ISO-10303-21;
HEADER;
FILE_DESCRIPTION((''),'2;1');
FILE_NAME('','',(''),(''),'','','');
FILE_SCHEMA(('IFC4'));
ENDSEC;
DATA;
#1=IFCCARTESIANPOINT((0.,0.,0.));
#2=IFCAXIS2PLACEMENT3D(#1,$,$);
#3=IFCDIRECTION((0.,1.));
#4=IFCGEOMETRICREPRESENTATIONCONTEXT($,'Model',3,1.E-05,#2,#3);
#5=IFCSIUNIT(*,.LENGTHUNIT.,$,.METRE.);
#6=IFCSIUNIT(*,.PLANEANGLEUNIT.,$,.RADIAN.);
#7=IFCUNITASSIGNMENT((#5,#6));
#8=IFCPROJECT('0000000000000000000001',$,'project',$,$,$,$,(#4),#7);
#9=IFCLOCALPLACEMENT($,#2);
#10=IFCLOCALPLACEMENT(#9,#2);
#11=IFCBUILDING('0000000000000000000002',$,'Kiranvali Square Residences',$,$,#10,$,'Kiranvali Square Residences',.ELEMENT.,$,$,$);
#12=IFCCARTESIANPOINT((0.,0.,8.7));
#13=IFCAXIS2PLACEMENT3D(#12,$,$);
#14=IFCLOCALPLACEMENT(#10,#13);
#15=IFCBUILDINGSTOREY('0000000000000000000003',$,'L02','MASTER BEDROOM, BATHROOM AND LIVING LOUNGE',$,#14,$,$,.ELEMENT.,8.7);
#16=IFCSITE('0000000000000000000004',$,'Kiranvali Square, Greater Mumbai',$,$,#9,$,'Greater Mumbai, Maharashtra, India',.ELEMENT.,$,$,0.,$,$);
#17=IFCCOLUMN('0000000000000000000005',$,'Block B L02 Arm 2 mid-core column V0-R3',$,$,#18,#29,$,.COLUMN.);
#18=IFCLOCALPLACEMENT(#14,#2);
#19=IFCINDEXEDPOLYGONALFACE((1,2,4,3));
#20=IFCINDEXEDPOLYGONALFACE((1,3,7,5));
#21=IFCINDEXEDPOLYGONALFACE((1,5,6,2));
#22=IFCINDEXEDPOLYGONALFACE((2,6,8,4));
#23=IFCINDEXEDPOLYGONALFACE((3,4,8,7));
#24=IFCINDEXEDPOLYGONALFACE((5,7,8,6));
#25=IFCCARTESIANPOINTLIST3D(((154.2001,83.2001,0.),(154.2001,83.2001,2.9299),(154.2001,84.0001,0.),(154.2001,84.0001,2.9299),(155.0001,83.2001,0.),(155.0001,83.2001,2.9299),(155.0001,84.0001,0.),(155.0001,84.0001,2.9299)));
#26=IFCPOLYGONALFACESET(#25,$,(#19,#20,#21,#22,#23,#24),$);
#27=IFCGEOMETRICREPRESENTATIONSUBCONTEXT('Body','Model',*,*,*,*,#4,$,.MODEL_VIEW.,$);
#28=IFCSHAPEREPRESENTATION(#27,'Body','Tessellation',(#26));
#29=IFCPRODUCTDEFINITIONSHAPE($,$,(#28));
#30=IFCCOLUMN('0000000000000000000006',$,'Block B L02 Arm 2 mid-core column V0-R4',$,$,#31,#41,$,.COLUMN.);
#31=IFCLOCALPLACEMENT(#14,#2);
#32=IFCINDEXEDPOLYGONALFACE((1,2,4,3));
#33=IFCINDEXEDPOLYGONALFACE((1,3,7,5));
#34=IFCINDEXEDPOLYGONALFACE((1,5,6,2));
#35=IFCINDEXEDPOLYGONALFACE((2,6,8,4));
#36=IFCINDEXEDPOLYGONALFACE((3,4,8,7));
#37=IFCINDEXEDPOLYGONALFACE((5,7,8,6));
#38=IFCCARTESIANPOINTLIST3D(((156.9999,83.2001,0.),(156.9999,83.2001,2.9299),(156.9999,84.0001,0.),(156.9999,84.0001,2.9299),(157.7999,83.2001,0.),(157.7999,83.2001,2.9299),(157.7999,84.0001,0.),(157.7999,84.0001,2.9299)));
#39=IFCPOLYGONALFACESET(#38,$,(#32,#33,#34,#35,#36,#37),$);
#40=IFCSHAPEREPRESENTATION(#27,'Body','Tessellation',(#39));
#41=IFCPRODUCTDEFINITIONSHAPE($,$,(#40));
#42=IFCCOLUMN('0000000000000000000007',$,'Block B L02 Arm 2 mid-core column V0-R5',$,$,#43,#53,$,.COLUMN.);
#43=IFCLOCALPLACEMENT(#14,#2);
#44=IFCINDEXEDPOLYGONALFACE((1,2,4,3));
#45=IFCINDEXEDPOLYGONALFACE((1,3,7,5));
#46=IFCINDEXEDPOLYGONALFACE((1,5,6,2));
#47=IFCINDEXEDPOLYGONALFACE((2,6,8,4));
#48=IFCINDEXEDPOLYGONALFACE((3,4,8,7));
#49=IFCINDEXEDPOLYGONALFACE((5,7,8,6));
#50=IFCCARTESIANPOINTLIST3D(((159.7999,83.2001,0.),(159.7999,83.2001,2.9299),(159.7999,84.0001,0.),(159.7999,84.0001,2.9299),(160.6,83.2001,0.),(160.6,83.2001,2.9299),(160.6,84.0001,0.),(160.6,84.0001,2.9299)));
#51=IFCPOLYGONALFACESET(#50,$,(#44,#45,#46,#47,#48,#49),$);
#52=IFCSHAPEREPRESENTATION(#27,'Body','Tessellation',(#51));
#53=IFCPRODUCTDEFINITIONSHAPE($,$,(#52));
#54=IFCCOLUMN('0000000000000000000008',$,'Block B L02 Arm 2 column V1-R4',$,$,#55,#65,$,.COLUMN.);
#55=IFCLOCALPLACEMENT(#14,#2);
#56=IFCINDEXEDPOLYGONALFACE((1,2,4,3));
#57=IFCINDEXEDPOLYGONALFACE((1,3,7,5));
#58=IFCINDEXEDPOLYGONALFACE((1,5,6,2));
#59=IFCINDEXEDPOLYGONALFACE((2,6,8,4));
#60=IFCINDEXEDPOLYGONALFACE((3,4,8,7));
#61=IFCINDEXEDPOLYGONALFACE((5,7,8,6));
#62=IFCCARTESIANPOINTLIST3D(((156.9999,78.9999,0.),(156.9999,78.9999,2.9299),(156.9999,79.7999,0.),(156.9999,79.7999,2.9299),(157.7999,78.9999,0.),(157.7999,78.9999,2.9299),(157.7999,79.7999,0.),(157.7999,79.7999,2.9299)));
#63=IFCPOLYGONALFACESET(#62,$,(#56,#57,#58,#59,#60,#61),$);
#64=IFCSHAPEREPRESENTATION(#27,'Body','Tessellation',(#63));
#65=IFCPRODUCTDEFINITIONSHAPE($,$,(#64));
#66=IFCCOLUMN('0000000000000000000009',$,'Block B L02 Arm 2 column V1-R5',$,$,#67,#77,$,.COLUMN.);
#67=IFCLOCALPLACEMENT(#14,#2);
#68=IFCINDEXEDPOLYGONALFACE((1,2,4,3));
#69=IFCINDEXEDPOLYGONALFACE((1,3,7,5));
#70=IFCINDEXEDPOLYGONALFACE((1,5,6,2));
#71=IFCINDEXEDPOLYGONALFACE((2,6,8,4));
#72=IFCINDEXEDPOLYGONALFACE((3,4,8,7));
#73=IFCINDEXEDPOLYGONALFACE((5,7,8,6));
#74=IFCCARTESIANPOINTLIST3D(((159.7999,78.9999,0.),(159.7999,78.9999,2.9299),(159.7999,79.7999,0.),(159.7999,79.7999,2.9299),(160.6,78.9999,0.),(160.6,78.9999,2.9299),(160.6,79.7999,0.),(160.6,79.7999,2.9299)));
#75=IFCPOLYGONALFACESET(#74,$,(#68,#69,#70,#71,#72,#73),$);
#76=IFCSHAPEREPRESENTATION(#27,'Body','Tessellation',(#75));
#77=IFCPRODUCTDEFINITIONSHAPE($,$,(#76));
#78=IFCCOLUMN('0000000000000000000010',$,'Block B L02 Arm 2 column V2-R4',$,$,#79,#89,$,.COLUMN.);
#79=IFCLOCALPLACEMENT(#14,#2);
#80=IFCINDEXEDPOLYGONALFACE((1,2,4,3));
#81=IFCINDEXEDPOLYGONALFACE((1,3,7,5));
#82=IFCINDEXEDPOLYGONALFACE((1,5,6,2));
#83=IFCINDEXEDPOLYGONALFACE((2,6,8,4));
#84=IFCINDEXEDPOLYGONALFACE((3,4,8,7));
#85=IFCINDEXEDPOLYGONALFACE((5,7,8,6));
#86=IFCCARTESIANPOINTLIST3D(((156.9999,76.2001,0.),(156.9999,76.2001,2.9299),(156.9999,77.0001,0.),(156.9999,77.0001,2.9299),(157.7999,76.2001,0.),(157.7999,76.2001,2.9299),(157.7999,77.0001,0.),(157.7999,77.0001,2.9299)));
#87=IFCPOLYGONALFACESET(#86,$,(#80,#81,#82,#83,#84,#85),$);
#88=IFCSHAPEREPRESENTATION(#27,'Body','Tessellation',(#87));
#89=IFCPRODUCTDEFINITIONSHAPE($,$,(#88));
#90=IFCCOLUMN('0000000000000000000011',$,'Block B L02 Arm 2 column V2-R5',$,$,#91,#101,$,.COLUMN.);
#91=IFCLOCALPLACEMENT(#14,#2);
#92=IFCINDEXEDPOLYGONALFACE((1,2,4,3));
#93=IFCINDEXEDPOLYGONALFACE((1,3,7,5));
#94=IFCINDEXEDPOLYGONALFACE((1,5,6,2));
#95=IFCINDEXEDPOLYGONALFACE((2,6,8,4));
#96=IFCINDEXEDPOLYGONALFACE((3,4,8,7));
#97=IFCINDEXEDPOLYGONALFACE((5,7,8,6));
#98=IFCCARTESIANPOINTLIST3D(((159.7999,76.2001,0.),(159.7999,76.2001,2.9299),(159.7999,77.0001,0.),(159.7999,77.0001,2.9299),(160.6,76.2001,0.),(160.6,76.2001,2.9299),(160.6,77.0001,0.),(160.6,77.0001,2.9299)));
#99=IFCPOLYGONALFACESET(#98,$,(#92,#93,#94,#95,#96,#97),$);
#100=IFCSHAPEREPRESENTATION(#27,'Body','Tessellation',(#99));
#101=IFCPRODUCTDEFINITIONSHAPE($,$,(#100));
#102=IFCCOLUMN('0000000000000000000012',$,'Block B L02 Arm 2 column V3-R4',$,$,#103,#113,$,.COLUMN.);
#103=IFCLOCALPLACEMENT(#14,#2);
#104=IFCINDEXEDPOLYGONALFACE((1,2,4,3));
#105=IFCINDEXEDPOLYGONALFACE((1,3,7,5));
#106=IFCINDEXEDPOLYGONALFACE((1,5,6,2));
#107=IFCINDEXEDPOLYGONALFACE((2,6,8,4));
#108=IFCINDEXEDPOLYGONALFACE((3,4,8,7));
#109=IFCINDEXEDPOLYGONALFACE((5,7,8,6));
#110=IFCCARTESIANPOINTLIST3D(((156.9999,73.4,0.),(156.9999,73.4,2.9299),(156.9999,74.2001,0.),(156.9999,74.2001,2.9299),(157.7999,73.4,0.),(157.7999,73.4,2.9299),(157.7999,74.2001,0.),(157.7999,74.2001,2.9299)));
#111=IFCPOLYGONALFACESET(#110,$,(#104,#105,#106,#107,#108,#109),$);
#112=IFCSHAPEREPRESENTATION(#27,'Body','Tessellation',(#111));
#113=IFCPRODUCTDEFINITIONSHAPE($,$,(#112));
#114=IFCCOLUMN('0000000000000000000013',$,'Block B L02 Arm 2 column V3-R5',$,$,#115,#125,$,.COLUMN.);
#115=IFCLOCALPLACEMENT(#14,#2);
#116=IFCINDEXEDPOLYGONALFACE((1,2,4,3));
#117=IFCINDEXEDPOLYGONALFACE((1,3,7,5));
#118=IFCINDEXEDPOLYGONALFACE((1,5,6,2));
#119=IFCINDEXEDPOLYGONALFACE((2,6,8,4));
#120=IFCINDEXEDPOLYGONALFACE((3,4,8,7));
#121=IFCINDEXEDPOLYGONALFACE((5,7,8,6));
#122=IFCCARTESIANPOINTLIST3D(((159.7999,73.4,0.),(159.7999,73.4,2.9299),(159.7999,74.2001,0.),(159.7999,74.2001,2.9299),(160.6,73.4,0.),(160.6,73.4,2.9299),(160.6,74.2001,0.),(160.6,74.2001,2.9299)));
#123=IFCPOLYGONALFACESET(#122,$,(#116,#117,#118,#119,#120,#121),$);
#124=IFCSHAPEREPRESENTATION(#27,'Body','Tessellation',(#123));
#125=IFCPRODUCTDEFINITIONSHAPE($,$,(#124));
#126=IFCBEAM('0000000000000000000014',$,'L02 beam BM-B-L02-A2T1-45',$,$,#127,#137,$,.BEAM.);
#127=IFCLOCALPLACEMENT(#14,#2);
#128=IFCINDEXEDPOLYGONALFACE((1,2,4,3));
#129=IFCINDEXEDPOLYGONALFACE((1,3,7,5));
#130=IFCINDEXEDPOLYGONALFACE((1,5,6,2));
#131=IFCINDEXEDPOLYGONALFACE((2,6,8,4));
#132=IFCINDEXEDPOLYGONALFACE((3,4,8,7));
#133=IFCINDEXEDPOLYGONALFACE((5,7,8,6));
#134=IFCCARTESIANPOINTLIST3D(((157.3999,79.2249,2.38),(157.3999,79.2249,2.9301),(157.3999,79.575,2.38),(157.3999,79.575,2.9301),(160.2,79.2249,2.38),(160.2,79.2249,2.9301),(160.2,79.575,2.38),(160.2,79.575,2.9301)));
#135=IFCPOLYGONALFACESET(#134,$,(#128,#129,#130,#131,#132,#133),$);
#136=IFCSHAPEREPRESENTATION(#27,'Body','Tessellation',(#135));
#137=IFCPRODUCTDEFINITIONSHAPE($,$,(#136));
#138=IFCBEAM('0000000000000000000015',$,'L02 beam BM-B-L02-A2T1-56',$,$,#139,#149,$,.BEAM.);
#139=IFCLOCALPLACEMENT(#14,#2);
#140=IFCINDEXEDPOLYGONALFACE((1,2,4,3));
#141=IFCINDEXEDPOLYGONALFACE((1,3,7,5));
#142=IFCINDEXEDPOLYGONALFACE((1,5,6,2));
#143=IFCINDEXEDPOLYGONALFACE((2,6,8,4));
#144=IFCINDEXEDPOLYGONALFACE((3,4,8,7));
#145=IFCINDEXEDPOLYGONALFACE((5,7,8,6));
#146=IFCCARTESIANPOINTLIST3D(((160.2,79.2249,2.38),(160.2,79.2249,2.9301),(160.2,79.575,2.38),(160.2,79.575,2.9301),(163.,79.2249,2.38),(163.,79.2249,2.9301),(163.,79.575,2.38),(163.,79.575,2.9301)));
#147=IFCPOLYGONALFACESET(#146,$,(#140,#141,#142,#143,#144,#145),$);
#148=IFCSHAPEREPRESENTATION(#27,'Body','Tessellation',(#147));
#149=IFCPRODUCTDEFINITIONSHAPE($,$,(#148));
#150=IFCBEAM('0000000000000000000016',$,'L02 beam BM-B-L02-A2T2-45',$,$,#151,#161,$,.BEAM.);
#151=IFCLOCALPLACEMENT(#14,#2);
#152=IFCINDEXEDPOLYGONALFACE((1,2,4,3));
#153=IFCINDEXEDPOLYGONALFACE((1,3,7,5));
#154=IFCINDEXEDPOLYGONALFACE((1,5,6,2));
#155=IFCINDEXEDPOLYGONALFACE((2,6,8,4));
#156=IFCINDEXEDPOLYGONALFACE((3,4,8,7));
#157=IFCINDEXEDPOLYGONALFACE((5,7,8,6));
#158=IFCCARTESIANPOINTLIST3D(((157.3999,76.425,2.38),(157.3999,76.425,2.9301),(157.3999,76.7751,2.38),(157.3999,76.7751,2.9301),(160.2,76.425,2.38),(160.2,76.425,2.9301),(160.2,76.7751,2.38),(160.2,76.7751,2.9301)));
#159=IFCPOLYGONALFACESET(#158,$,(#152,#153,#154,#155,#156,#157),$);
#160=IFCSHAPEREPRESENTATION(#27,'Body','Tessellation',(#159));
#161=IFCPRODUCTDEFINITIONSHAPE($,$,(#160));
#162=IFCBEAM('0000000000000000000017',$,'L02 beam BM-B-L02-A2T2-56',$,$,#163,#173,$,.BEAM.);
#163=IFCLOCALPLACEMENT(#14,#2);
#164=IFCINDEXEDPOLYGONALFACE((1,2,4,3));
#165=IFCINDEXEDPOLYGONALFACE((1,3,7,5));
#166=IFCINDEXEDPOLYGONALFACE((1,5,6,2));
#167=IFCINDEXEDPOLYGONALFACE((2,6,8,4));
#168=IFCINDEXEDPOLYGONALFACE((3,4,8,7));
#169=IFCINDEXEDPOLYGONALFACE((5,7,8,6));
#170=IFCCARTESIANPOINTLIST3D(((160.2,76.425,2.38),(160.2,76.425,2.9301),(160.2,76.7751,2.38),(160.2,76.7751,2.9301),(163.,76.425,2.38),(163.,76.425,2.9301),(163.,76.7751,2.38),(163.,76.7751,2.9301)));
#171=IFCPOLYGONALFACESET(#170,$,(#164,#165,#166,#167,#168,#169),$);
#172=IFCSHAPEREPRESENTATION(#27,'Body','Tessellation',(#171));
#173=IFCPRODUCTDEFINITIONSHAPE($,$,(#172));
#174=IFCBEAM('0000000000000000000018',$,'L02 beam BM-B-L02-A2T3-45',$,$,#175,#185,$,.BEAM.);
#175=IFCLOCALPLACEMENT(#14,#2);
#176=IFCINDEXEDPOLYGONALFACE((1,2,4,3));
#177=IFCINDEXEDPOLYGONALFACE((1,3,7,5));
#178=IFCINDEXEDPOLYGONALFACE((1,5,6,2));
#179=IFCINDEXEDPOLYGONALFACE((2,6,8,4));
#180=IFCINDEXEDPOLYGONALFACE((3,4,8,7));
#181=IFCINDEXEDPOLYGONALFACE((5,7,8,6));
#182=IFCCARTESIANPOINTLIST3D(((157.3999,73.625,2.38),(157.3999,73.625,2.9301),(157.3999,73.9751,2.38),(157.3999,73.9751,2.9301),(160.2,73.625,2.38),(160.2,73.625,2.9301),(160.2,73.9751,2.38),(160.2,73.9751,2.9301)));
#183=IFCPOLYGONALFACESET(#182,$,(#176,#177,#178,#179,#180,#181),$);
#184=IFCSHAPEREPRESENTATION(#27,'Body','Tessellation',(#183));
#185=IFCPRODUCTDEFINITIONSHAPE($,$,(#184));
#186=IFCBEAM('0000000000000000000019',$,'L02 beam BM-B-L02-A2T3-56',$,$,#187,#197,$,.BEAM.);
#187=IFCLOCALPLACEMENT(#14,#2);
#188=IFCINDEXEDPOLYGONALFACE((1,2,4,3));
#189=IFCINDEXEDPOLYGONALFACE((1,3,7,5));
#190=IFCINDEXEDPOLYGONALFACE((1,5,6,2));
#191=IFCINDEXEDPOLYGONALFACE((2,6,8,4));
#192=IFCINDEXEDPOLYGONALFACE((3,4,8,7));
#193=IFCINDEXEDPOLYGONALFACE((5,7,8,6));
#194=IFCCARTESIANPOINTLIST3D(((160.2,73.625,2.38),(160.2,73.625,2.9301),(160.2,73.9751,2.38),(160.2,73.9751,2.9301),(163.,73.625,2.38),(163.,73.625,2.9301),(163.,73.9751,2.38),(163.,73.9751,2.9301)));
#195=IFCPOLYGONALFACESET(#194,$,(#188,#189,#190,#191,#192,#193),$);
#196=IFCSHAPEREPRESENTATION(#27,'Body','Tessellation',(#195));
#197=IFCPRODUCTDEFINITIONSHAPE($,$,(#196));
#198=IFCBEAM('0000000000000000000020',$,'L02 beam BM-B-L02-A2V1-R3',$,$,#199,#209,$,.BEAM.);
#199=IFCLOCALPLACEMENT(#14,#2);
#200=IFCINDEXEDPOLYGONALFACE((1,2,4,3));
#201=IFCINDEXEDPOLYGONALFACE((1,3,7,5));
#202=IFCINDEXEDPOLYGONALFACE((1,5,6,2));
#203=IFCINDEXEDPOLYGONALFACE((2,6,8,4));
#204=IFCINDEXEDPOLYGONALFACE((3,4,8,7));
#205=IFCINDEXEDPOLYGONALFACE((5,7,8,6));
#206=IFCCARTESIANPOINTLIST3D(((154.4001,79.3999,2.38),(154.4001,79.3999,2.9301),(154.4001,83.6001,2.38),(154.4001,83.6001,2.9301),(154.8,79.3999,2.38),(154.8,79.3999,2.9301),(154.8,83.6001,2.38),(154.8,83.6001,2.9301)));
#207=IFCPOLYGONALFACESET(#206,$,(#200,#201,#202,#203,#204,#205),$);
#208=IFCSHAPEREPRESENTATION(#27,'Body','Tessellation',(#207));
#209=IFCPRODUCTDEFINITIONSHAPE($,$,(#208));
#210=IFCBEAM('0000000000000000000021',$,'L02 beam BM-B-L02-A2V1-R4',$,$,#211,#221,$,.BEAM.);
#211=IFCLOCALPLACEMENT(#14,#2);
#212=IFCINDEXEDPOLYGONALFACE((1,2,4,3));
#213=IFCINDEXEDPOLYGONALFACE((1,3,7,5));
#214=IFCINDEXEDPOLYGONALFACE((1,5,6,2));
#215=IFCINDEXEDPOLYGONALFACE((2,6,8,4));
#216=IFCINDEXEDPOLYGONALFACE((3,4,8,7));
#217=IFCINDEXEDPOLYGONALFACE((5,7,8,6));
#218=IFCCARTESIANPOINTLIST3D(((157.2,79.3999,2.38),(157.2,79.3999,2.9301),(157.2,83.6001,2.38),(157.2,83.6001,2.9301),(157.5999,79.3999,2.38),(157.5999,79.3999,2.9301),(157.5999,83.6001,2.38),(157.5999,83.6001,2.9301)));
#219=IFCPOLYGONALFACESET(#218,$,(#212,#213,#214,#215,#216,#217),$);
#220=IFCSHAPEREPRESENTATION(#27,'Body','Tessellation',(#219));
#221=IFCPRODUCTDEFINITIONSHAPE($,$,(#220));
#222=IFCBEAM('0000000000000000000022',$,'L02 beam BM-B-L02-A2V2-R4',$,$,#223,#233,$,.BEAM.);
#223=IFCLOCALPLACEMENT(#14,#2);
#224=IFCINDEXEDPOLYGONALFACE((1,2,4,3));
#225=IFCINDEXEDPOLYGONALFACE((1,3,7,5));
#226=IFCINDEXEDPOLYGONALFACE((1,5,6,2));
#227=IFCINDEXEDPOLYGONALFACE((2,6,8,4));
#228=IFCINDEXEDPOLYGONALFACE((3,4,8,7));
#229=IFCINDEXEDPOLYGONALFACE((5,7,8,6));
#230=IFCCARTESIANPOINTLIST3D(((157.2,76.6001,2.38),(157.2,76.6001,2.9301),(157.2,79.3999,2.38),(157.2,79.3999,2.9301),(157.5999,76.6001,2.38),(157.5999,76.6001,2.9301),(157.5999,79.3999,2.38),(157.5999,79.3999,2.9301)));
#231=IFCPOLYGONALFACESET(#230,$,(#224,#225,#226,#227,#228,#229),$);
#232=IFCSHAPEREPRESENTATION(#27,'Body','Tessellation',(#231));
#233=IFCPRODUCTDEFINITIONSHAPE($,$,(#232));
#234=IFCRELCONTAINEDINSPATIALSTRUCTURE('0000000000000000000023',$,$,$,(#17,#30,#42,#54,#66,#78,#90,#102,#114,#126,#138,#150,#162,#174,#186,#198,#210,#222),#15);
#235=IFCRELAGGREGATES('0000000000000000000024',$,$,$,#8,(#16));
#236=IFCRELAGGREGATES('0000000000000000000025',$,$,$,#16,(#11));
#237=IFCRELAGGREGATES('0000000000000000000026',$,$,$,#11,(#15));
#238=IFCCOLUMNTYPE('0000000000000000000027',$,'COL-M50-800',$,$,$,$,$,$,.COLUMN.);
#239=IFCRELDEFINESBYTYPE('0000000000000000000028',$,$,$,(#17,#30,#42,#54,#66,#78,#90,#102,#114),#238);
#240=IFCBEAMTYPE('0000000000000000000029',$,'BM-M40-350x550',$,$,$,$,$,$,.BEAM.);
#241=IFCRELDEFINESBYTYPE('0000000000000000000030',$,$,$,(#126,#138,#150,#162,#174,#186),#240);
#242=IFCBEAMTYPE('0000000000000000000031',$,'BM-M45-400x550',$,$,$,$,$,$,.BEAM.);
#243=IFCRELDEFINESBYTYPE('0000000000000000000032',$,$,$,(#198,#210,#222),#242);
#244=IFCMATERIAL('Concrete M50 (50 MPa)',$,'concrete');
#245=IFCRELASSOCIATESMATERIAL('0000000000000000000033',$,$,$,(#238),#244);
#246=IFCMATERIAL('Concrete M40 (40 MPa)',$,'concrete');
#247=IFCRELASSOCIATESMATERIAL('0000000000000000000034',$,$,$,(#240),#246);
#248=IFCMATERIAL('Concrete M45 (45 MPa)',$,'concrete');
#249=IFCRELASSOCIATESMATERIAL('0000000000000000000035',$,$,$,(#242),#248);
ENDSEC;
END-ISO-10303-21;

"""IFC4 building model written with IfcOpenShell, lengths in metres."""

from ifc_helpers import new_model, si_unit, direction, frame, origin, origin_2d, place, context, subcontext, project, spatial, rectangle, extrude, material, material_profile, profile_set, type_object, element, save


model = new_model("IFC4")

# Units and contexts
model_context = context("Model", 3, precision=1e-05, world=origin(), true_north=direction((0.0, 1.0)))
body_context = subcontext(model_context, "Body", "Model", "MODEL_VIEW")
ifc_project = project(units=[si_unit("LENGTHUNIT", "METRE"), si_unit("PLANEANGLEUNIT", "RADIAN")], contexts=[model_context])

# Site, building, storey
site_placement = place(None, origin())
site = spatial("IfcSite", under=ifc_project, at=site_placement, Name="Kiranvali Square, Greater Mumbai", LongName="Greater Mumbai, Maharashtra, India", CompositionType="ELEMENT", RefElevation=0.0)
building_placement = place(site_placement, origin())
building = spatial("IfcBuilding", under=site, at=building_placement, Name="Kiranvali Square Residences", LongName="Kiranvali Square Residences", CompositionType="ELEMENT")
storey_placement = place(building_placement, frame((0.0, 0.0, 8.7)))
storey = spatial("IfcBuildingStorey", under=building, at=storey_placement, Name="L02", Description="MASTER BEDROOM, BATHROOM AND LIVING LOUNGE", CompositionType="ELEMENT", Elevation=8.7)

# Columns
ifc_material_1 = material(Name="Concrete M50 (50 MPa)", Category="concrete")
ifc_material_profile_1 = material_profile(ifc_material_1, rectangle(XDim=0.8, YDim=0.8, at=origin_2d()), Name="RC 800x800")
ifc_profile_set_1 = profile_set([ifc_material_profile_1], Name="Concrete M50 (50 MPa)")
column_type = type_object("IfcColumnType", Name="COL-M50-800", PredefinedType="COLUMN", material=ifc_profile_set_1)
for number, where, z_axis, x_axis, name in (
    (1, (154.6001, 83.6001, 0.0), (0.0, 0.0, 1.0), (1.0, 0.0, 0.0), "Block B L02 Arm 2 mid-core column V0-R3"),
    (2, (157.3999, 83.6001, 0.0), (0.0, 0.0, 1.0), (1.0, 0.0, 0.0), "Block B L02 Arm 2 mid-core column V0-R4"),
    (3, (160.2, 83.6001, 0.0), (0.0, 0.0, 1.0), (1.0, 0.0, 0.0), "Block B L02 Arm 2 mid-core column V0-R5"),
    (4, (157.3999, 79.3999, 0.0), (0.0, 0.0, 1.0), (1.0, 0.0, 0.0), "Block B L02 Arm 2 column V1-R4"),
    (5, (160.2, 79.3999, 0.0), (0.0, 0.0, 1.0), (1.0, 0.0, 0.0), "Block B L02 Arm 2 column V1-R5"),
    (6, (157.3999, 76.6001, 0.0), (0.0, 0.0, 1.0), (1.0, 0.0, 0.0), "Block B L02 Arm 2 column V2-R4"),
    (7, (160.2, 76.6001, 0.0), (0.0, 0.0, 1.0), (1.0, 0.0, 0.0), "Block B L02 Arm 2 column V2-R5"),
    (8, (157.3999, 73.8, 0.0), (0.0, 0.0, 1.0), (1.0, 0.0, 0.0), "Block B L02 Arm 2 column V3-R4"),
    (9, (160.2, 73.8, 0.0), (0.0, 0.0, 1.0), (1.0, 0.0, 0.0), "Block B L02 Arm 2 column V3-R5"),
):
    element("IfcColumn", number, at=place(storey_placement, frame(where, z_axis=z_axis, x_axis=x_axis)), inside=storey, type_object=column_type, Name=name, PredefinedType="COLUMN", context=body_context, shape_type="SweptSolid", body=[
        extrude(rectangle(XDim=0.8, YDim=0.8, at=origin_2d()), origin(), (0.0, 0.0, 1.0), 2.9299),
    ])

# Beams
ifc_material_2 = material(Name="Concrete M40 (40 MPa)", Category="concrete")
ifc_material_profile_2 = material_profile(ifc_material_2, rectangle(XDim=0.3501, YDim=0.55, at=origin_2d()), Name="RC 350x550")
ifc_profile_set_2 = profile_set([ifc_material_profile_2], Name="Concrete M40 (40 MPa)")
beam_type_1 = type_object("IfcBeamType", Name="BM-M40-350x550", PredefinedType="BEAM", material=ifc_profile_set_2)
for number, where, z_axis, x_axis, name in (
    (10, (157.3999, 79.3999, 2.655), (1.0, 0.0, 0.0), (0.0, 1.0, 0.0), "L02 beam BM-B-L02-A2T1-45"),
    (11, (160.2, 79.3999, 2.655), (1.0, 0.0, 0.0), (0.0, 1.0, 0.0), "L02 beam BM-B-L02-A2T1-56"),
    (12, (157.3999, 76.6001, 2.655), (1.0, 0.0, 0.0), (0.0, 1.0, 0.0), "L02 beam BM-B-L02-A2T2-45"),
    (13, (160.2, 76.6001, 2.655), (1.0, 0.0, 0.0), (0.0, 1.0, 0.0), "L02 beam BM-B-L02-A2T2-56"),
    (14, (157.3999, 73.8, 2.655), (1.0, 0.0, 0.0), (0.0, 1.0, 0.0), "L02 beam BM-B-L02-A2T3-45"),
    (15, (160.2, 73.8, 2.655), (1.0, 0.0, 0.0), (0.0, 1.0, 0.0), "L02 beam BM-B-L02-A2T3-56"),
):
    element("IfcBeam", number, at=place(storey_placement, frame(where, z_axis=z_axis, x_axis=x_axis)), inside=storey, type_object=beam_type_1, Name=name, PredefinedType="BEAM", context=body_context, shape_type="SweptSolid", body=[
        extrude(rectangle(XDim=0.3501, YDim=0.55, at=origin_2d()), origin(), (0.0, 0.0, 1.0), 2.8),
    ])
ifc_material_3 = material(Name="Concrete M45 (45 MPa)", Category="concrete")
ifc_material_profile_3 = material_profile(ifc_material_3, rectangle(XDim=0.3999, YDim=0.55, at=origin_2d()), Name="RC 400x550")
ifc_profile_set_3 = profile_set([ifc_material_profile_3], Name="Concrete M45 (45 MPa)")
beam_type_2 = type_object("IfcBeamType", Name="BM-M45-400x550", PredefinedType="BEAM", material=ifc_profile_set_3)
for number, where, z_axis, x_axis, name in (
    (16, (154.6001, 83.6001, 2.655), (0.0, -1.0, 0.0), (1.0, 0.0, 0.0), "L02 beam BM-B-L02-A2V1-R3"),
    (17, (157.3999, 83.6001, 2.655), (0.0, -1.0, 0.0), (1.0, 0.0, 0.0), "L02 beam BM-B-L02-A2V1-R4"),
):
    element("IfcBeam", number, at=place(storey_placement, frame(where, z_axis=z_axis, x_axis=x_axis)), inside=storey, type_object=beam_type_2, Name=name, PredefinedType="BEAM", context=body_context, shape_type="SweptSolid", body=[
        extrude(rectangle(XDim=0.3999, YDim=0.55, at=origin_2d()), origin(), (0.0, 0.0, 1.0), 4.2002),
    ])
beam_1_placement = place(storey_placement, frame((157.3999, 79.3999, 2.655), z_axis=(0.0, -1.0, 0.0), x_axis=(1.0, 0.0, 0.0)))
element("IfcBeam", 18, at=beam_1_placement, inside=storey, type_object=beam_type_2, Name="L02 beam BM-B-L02-A2V2-R4", PredefinedType="BEAM", context=body_context, shape_type="SweptSolid", body=[
    extrude(rectangle(XDim=0.3999, YDim=0.55, at=origin_2d()), origin(), (0.0, 0.0, 1.0), 2.7998),
])

save(model, "model.ifc")
